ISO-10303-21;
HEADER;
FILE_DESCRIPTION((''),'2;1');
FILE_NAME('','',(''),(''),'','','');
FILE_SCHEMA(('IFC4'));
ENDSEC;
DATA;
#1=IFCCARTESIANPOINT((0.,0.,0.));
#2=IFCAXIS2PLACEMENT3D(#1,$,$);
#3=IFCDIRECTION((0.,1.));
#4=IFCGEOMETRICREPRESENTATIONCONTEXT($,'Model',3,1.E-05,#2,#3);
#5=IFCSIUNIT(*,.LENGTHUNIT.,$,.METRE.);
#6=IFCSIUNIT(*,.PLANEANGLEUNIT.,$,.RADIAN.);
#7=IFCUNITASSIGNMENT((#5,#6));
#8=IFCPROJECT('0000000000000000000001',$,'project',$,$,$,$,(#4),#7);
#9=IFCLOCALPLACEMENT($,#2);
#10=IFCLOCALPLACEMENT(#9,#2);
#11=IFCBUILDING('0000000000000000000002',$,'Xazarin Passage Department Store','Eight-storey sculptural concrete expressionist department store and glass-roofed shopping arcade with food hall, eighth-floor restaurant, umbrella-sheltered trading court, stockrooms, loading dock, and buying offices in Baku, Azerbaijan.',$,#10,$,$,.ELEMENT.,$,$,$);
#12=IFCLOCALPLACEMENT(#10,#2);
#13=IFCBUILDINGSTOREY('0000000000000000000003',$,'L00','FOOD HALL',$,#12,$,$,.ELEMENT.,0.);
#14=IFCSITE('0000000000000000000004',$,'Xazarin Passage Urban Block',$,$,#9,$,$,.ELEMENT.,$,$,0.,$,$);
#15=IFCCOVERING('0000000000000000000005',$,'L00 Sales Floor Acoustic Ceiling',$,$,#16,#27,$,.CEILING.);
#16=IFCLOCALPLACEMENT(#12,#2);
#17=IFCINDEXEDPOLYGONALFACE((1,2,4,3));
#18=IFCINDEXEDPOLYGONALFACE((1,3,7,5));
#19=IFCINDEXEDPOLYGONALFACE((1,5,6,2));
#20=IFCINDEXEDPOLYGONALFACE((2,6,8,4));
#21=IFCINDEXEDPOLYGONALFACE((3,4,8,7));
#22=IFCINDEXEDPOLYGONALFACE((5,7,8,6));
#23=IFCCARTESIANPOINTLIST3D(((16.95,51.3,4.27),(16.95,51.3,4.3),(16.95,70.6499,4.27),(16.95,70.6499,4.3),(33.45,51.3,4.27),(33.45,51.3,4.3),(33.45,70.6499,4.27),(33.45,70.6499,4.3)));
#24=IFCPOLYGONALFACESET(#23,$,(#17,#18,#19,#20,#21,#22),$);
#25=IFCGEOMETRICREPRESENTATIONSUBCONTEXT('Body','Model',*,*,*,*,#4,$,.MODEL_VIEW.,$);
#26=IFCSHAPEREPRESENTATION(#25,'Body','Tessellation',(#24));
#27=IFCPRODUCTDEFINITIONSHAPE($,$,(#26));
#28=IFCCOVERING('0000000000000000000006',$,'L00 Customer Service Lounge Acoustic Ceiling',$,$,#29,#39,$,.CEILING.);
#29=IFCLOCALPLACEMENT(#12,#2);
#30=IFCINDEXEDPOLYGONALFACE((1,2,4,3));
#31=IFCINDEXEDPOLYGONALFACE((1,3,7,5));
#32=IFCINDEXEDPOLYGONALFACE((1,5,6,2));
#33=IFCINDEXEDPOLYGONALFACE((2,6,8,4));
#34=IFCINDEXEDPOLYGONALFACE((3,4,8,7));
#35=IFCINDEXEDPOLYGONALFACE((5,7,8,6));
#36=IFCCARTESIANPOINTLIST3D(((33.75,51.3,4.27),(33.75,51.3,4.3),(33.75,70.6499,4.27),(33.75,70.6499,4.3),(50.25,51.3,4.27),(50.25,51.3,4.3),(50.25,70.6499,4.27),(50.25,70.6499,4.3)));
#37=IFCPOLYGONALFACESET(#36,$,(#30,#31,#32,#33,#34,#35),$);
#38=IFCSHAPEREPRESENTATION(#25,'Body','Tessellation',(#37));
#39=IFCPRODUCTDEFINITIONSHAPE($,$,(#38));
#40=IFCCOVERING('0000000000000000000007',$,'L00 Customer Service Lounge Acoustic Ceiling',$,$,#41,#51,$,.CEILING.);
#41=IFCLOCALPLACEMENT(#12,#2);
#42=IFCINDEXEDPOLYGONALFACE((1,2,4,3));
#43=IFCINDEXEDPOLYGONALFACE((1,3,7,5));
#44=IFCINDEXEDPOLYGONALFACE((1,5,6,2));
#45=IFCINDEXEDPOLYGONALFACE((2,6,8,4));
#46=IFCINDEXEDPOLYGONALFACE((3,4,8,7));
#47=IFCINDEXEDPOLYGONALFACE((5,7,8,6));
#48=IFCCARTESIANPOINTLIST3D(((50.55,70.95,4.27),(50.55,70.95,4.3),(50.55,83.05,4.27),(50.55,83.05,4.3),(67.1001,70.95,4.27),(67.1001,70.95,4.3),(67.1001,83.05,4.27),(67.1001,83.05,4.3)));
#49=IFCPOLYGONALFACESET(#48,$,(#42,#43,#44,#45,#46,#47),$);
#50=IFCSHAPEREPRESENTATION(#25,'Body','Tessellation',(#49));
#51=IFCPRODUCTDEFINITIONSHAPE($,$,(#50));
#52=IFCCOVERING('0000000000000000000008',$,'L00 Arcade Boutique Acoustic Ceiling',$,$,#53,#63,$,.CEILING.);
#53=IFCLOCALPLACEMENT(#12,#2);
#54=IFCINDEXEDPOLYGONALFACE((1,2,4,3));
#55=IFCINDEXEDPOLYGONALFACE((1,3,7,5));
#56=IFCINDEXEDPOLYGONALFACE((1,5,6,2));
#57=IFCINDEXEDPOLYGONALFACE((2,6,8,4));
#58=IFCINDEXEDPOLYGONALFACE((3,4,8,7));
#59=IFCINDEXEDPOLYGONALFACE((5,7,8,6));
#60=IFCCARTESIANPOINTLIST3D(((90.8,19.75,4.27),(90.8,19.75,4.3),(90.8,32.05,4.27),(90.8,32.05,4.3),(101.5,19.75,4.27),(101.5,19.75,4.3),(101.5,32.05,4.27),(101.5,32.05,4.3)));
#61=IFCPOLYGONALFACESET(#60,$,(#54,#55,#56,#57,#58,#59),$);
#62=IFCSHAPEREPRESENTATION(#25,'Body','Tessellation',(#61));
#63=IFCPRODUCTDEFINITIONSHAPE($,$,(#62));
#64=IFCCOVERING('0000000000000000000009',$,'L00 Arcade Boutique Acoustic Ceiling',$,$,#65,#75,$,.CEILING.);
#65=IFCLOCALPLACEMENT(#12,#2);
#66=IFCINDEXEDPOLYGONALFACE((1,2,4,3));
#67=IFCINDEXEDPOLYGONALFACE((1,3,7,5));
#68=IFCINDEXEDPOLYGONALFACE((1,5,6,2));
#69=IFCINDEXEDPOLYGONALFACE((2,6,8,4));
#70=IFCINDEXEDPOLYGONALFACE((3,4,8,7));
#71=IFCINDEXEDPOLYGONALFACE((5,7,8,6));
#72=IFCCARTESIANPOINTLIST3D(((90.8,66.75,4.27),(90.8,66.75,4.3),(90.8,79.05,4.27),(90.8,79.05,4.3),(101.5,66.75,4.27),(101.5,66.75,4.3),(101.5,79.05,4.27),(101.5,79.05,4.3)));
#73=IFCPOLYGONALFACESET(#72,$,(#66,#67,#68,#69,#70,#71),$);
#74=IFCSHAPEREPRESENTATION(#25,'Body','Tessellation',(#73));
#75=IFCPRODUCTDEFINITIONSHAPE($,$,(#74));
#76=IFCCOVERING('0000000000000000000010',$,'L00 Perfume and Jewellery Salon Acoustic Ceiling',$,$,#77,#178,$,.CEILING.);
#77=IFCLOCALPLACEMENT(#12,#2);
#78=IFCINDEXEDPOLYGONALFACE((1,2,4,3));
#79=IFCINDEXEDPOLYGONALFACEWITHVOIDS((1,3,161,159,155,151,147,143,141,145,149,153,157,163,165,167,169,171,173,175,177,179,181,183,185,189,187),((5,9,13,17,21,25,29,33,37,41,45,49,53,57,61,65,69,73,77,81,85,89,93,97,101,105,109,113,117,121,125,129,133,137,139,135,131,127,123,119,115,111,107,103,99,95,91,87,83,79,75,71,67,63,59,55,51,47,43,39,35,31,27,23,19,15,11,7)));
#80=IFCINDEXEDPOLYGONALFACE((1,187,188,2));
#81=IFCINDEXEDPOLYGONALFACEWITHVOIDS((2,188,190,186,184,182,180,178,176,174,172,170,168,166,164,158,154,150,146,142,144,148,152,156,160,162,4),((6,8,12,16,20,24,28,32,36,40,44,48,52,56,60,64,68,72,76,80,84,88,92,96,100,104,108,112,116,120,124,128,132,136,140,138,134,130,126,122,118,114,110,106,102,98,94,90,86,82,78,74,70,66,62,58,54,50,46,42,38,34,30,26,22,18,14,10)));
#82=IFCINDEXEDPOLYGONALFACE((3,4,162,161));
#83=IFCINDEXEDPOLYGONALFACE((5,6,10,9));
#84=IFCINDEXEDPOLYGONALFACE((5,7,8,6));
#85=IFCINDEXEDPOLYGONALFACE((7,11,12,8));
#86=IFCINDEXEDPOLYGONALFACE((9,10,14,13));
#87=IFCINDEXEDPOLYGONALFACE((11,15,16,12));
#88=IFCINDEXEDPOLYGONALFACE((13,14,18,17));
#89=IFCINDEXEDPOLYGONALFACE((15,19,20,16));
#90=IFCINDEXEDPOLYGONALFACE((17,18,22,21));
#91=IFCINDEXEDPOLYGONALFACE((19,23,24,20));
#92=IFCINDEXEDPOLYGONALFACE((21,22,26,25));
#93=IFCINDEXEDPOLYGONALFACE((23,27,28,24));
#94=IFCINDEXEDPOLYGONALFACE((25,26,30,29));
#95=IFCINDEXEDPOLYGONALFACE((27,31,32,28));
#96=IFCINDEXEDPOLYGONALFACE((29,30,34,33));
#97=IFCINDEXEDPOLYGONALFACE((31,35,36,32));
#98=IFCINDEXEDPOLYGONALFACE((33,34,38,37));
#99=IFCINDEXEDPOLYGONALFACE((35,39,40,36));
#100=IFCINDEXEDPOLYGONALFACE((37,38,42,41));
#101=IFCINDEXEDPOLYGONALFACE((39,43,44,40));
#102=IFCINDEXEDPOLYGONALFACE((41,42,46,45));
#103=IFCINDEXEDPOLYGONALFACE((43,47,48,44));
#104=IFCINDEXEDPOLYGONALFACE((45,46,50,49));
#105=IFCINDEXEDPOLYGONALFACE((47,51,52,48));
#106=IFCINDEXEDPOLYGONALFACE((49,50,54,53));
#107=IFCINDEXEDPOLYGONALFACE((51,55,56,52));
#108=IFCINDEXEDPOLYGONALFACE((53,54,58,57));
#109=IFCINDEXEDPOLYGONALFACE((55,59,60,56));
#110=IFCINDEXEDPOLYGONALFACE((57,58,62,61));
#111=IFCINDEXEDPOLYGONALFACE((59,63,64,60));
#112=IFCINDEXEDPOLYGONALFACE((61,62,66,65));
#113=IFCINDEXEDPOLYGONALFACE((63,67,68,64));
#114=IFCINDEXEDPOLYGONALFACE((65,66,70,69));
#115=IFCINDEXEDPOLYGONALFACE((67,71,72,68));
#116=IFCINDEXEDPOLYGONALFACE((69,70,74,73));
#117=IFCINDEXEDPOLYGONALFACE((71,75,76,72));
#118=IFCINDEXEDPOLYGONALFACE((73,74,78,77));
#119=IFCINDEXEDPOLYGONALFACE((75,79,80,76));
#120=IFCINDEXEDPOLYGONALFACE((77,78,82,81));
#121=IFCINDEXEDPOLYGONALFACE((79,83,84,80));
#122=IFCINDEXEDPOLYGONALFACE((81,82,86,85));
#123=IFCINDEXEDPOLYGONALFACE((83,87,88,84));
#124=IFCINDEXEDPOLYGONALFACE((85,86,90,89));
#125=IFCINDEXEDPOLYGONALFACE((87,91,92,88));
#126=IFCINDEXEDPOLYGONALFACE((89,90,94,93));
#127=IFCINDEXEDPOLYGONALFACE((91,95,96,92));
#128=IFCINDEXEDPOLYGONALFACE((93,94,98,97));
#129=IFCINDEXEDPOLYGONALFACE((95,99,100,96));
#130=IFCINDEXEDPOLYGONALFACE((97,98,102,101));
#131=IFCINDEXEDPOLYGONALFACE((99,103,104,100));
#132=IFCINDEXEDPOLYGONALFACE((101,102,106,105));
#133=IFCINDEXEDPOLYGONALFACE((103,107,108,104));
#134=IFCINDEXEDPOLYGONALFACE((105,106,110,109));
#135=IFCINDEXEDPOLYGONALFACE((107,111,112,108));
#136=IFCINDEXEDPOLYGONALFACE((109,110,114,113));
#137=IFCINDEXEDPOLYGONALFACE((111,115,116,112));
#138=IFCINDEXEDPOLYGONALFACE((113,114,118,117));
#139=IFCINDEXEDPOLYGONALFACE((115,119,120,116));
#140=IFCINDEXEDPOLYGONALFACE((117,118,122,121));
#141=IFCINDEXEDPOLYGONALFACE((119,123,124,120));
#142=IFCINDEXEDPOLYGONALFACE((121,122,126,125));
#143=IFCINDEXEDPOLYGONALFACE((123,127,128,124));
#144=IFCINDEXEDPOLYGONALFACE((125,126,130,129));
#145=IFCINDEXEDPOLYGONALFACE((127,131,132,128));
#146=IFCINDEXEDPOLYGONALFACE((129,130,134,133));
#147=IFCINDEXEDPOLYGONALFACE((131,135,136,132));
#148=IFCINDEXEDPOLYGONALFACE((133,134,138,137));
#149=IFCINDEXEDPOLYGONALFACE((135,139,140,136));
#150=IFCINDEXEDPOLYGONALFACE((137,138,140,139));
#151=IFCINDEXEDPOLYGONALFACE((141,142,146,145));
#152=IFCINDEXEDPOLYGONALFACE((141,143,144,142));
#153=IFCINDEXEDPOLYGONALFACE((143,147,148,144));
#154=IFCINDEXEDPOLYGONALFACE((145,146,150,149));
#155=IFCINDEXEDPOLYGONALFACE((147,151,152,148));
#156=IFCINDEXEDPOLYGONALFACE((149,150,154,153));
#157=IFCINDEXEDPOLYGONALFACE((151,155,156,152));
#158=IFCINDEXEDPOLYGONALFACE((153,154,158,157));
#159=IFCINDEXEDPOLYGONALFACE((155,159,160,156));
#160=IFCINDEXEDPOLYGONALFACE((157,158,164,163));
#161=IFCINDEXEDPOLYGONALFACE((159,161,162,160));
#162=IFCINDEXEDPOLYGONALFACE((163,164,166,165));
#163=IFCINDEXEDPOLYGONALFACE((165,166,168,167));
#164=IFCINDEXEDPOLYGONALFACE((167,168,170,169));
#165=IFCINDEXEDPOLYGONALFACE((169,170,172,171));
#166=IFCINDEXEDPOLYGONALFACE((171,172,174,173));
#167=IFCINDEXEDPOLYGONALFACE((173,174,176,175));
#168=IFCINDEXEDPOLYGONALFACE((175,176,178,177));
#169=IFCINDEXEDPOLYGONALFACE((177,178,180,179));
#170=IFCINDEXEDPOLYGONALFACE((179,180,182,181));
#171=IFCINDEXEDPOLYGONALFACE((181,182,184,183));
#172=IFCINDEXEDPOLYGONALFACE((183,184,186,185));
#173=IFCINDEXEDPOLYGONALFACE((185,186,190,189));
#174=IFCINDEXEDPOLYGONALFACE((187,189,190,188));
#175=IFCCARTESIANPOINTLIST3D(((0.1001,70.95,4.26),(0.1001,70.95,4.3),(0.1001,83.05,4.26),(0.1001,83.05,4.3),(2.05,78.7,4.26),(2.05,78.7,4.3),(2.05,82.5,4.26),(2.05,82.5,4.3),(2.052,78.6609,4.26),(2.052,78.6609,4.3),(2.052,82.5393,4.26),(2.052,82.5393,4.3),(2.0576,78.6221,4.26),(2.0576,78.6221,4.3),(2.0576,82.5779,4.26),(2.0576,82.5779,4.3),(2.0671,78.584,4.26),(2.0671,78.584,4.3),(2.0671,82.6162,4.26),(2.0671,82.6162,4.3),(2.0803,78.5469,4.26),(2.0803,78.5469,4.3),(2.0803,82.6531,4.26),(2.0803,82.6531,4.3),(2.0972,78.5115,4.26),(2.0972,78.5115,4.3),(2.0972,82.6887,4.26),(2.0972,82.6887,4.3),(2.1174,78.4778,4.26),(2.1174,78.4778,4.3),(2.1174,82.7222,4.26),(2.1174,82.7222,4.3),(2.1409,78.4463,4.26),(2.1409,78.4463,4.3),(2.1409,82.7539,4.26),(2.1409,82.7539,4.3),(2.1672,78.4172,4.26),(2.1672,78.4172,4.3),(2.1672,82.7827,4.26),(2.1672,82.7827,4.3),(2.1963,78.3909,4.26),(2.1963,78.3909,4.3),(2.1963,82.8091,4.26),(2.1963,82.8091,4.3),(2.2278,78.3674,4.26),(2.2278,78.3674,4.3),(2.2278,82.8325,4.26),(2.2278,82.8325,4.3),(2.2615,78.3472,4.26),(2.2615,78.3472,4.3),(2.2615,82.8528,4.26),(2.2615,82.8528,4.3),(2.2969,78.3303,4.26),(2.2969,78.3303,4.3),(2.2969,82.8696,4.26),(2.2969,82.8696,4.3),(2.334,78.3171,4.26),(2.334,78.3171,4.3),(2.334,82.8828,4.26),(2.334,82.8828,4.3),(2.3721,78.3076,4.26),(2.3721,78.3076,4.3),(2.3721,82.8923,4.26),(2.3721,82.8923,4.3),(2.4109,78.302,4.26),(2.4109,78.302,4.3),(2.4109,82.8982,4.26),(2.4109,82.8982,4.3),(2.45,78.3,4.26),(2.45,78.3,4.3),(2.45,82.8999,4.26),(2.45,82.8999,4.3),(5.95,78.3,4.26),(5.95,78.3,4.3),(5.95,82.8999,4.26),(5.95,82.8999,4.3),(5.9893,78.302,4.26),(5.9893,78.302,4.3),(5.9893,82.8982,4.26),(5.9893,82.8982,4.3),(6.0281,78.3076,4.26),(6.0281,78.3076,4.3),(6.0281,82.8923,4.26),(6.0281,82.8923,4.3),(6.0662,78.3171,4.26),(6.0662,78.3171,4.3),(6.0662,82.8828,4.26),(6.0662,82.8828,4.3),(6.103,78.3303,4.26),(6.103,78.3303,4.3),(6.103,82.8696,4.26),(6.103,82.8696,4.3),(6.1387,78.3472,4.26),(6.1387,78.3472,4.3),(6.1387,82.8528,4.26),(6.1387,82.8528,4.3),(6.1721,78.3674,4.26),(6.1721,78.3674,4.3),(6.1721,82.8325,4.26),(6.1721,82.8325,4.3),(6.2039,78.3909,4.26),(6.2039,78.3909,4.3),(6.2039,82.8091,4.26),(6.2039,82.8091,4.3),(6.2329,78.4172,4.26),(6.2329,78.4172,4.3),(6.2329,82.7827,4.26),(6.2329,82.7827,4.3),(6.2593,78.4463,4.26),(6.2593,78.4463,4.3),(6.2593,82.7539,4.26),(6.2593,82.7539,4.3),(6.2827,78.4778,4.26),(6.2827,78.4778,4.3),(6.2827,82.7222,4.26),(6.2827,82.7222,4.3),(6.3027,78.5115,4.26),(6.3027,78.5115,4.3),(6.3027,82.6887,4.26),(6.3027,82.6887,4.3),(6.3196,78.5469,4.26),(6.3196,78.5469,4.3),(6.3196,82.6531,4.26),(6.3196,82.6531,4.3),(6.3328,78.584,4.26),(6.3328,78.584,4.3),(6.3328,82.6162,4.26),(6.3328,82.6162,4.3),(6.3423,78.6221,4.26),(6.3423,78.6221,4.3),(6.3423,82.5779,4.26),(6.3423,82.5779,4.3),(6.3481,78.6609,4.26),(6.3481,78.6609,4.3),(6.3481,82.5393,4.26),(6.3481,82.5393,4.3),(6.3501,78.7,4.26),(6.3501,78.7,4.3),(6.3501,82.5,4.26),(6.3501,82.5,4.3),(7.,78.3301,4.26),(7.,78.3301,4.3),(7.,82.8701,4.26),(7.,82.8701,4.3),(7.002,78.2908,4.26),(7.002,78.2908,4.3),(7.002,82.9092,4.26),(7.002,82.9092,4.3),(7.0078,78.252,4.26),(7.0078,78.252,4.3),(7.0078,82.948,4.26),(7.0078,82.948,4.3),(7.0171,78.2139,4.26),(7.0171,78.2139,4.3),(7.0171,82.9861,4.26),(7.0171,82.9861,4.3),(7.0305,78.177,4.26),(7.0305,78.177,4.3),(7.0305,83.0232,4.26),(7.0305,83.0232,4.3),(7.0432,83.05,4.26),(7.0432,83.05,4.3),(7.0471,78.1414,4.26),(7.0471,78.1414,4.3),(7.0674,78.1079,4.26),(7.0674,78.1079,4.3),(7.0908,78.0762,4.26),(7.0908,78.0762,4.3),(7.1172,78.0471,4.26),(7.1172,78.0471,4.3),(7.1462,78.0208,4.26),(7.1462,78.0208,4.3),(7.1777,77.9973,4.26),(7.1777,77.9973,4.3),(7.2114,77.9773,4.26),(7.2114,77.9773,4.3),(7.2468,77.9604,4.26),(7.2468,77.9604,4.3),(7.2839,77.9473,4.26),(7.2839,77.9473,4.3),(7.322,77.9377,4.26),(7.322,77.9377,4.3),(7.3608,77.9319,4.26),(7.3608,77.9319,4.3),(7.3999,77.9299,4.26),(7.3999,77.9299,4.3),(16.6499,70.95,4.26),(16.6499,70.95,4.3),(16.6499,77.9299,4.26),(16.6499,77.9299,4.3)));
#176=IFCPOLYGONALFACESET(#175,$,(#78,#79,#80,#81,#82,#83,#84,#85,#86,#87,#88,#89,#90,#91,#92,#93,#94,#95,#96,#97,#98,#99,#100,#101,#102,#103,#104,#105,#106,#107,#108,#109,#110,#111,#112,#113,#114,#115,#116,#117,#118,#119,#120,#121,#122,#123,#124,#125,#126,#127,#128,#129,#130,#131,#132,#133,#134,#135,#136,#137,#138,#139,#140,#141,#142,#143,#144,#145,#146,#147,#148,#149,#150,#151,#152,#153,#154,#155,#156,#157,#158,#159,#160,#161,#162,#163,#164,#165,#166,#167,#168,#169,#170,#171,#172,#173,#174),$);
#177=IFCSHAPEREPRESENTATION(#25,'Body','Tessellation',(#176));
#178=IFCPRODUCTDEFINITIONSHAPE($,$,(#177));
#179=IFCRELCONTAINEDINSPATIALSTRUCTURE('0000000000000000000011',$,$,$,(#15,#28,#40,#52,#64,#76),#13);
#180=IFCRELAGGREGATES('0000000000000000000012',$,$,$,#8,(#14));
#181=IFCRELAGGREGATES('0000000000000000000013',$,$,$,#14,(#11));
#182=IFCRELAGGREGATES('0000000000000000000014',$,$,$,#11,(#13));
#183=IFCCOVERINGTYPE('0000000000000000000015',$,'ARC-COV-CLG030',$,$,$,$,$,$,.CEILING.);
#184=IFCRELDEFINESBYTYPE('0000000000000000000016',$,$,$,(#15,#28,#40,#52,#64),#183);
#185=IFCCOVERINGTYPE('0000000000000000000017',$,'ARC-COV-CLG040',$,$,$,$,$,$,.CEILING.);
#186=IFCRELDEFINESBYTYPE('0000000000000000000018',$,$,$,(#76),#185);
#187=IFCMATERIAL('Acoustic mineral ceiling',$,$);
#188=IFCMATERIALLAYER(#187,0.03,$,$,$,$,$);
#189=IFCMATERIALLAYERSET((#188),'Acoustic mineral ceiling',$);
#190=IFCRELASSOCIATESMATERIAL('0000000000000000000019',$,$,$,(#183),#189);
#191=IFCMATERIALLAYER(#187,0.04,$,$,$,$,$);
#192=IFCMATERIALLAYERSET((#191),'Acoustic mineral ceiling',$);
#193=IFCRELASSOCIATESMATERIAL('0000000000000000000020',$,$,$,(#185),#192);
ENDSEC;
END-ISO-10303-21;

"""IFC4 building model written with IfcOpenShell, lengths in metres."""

from ifc_helpers import new_model, si_unit, direction, frame, origin, place, context, subcontext, project, spatial, polyline, outline, extrude, material, layer, layer_set, type_object, element, save


model = new_model("IFC4")

# Units and contexts
model_context = context("Model", 3, precision=1e-05, world=origin(), true_north=direction((0.0, 1.0)))
body_context = subcontext(model_context, "Body", "Model", "MODEL_VIEW")
ifc_project = project(units=[si_unit("LENGTHUNIT", "METRE"), si_unit("PLANEANGLEUNIT", "RADIAN")], contexts=[model_context])

# Site, building, storey
site_placement = place(None, origin())
site = spatial("IfcSite", under=ifc_project, at=site_placement, Name="Xazarin Passage Urban Block", CompositionType="ELEMENT", RefElevation=0.0)
building_placement = place(site_placement, origin())
building = spatial("IfcBuilding", under=site, at=building_placement, Name="Xazarin Passage Department Store", Description="Eight-storey sculptural concrete expressionist department store and glass-roofed shopping arcade with food hall, eighth-floor restaurant, umbrella-sheltered trading court, stockrooms, loading dock, and buying offices in Baku, Azerbaijan.", CompositionType="ELEMENT")
storey_placement = place(building_placement, origin())
storey = spatial("IfcBuildingStorey", under=building, at=storey_placement, Name="L00", Description="FOOD HALL", CompositionType="ELEMENT", Elevation=0.0)

# Coverings
ifc_material_1 = material(Name="Acoustic mineral ceiling")
ifc_layer_1 = layer(ifc_material_1, 0.03)
ifc_layer_set_1 = layer_set([ifc_layer_1], Name="Acoustic mineral ceiling")
covering_type_1 = type_object("IfcCoveringType", Name="ARC-COV-CLG030", PredefinedType="CEILING", material=ifc_layer_set_1)
covering_1_placement = place(storey_placement, frame((0.0, 0.0, 4.27)))
element("IfcCovering", 1, at=covering_1_placement, inside=storey, type_object=covering_type_1, Name="L00 Sales Floor Acoustic Ceiling", PredefinedType="CEILING", context=body_context, shape_type="SweptSolid", body=[
    extrude(outline(polyline([(16.95, 51.3), (33.45, 51.3), (33.45, 70.6499), (16.95, 70.6499), (16.95, 51.3)])), origin(), (0.0, 0.0, 1.0), 0.03),
])
covering_2_placement = place(storey_placement, frame((0.0, 0.0, 4.27)))
element("IfcCovering", 2, at=covering_2_placement, inside=storey, type_object=covering_type_1, Name="L00 Customer Service Lounge Acoustic Ceiling", PredefinedType="CEILING", context=body_context, shape_type="SweptSolid", body=[
    extrude(outline(polyline([(33.75, 51.3), (50.25, 51.3), (50.25, 70.6499), (33.75, 70.6499), (33.75, 51.3)])), origin(), (0.0, 0.0, 1.0), 0.03),
])
covering_3_placement = place(storey_placement, frame((0.0, 0.0, 4.27)))
element("IfcCovering", 3, at=covering_3_placement, inside=storey, type_object=covering_type_1, Name="L00 Customer Service Lounge Acoustic Ceiling", PredefinedType="CEILING", context=body_context, shape_type="SweptSolid", body=[
    extrude(outline(polyline([(50.55, 70.95), (67.1001, 70.95), (67.1001, 83.05), (50.55, 83.05), (50.55, 70.95)])), origin(), (0.0, 0.0, 1.0), 0.03),
])
covering_4_placement = place(storey_placement, frame((0.0, 0.0, 4.27)))
element("IfcCovering", 4, at=covering_4_placement, inside=storey, type_object=covering_type_1, Name="L00 Arcade Boutique Acoustic Ceiling", PredefinedType="CEILING", context=body_context, shape_type="SweptSolid", body=[
    extrude(outline(polyline([(90.8, 32.05), (90.8, 19.75), (101.5, 19.75), (101.5, 32.05), (90.8, 32.05)])), origin(), (0.0, 0.0, 1.0), 0.03),
])
covering_5_placement = place(storey_placement, frame((0.0, 0.0, 4.27)))
element("IfcCovering", 5, at=covering_5_placement, inside=storey, type_object=covering_type_1, Name="L00 Arcade Boutique Acoustic Ceiling", PredefinedType="CEILING", context=body_context, shape_type="SweptSolid", body=[
    extrude(outline(polyline([(90.8, 79.05), (90.8, 66.75), (101.5, 66.75), (101.5, 79.05), (90.8, 79.05)])), origin(), (0.0, 0.0, 1.0), 0.03),
])
ifc_layer_2 = layer(ifc_material_1, 0.04)
ifc_layer_set_2 = layer_set([ifc_layer_2], Name="Acoustic mineral ceiling")
covering_type_2 = type_object("IfcCoveringType", Name="ARC-COV-CLG040", PredefinedType="CEILING", material=ifc_layer_set_2)
covering_6_placement = place(storey_placement, frame((0.0, 0.0, 4.26)))
element("IfcCovering", 6, at=covering_6_placement, inside=storey, type_object=covering_type_2, Name="L00 Perfume and Jewellery Salon Acoustic Ceiling", PredefinedType="CEILING", context=body_context, shape_type="SweptSolid", body=[
    extrude(outline(polyline([(16.6499, 77.9299), (7.3999, 77.9299), (7.3608, 77.9319), (7.322, 77.9377), (7.2839, 77.9473), (7.2468, 77.9604), (7.2114, 77.9773), (7.1777, 77.9973), (7.1462, 78.0208), (7.1172, 78.0471), (7.0908, 78.0762), (7.0674, 78.1079), (7.0471, 78.1414), (7.0305, 78.177), (7.0171, 78.2139), (7.0078, 78.252), (7.002, 78.2908), (7.0, 78.3301), (7.0, 82.8701), (7.002, 82.9092), (7.0078, 82.948), (7.0171, 82.9861), (7.0305, 83.0232), (7.0432, 83.05), (0.1001, 83.05), (0.1001, 70.95), (16.6499, 70.95), (16.6499, 77.9299)]), holes=[polyline([(2.45, 78.3), (2.4109, 78.302), (2.3721, 78.3076), (2.334, 78.3171), (2.2969, 78.3303), (2.2615, 78.3472), (2.2278, 78.3674), (2.1963, 78.3909), (2.1672, 78.4172), (2.1409, 78.4463), (2.1174, 78.4778), (2.0972, 78.5115), (2.0803, 78.5469), (2.0671, 78.584), (2.0576, 78.6221), (2.052, 78.6609), (2.05, 78.7), (2.05, 82.5), (2.052, 82.5393), (2.0576, 82.5779), (2.0671, 82.6162), (2.0803, 82.6531), (2.0972, 82.6887), (2.1174, 82.7222), (2.1409, 82.7539), (2.1672, 82.7827), (2.1963, 82.8091), (2.2278, 82.8325), (2.2615, 82.8528), (2.2969, 82.8696), (2.334, 82.8828), (2.3721, 82.8923), (2.4109, 82.8982), (2.45, 82.8999), (5.95, 82.8999), (5.9893, 82.8982), (6.0281, 82.8923), (6.0662, 82.8828), (6.103, 82.8696), (6.1387, 82.8528), (6.1721, 82.8325), (6.2039, 82.8091), (6.2329, 82.7827), (6.2593, 82.7539), (6.2827, 82.7222), (6.3027, 82.6887), (6.3196, 82.6531), (6.3328, 82.6162), (6.3423, 82.5779), (6.3481, 82.5393), (6.3501, 82.5), (6.3501, 78.7), (6.3481, 78.6609), (6.3423, 78.6221), (6.3328, 78.584), (6.3196, 78.5469), (6.3027, 78.5115), (6.2827, 78.4778), (6.2593, 78.4463), (6.2329, 78.4172), (6.2039, 78.3909), (6.1721, 78.3674), (6.1387, 78.3472), (6.103, 78.3303), (6.0662, 78.3171), (6.0281, 78.3076), (5.9893, 78.302), (5.95, 78.3), (2.45, 78.3)])]), origin(), (0.0, 0.0, 1.0), 0.04),
])

save(model, "model.ifc")
